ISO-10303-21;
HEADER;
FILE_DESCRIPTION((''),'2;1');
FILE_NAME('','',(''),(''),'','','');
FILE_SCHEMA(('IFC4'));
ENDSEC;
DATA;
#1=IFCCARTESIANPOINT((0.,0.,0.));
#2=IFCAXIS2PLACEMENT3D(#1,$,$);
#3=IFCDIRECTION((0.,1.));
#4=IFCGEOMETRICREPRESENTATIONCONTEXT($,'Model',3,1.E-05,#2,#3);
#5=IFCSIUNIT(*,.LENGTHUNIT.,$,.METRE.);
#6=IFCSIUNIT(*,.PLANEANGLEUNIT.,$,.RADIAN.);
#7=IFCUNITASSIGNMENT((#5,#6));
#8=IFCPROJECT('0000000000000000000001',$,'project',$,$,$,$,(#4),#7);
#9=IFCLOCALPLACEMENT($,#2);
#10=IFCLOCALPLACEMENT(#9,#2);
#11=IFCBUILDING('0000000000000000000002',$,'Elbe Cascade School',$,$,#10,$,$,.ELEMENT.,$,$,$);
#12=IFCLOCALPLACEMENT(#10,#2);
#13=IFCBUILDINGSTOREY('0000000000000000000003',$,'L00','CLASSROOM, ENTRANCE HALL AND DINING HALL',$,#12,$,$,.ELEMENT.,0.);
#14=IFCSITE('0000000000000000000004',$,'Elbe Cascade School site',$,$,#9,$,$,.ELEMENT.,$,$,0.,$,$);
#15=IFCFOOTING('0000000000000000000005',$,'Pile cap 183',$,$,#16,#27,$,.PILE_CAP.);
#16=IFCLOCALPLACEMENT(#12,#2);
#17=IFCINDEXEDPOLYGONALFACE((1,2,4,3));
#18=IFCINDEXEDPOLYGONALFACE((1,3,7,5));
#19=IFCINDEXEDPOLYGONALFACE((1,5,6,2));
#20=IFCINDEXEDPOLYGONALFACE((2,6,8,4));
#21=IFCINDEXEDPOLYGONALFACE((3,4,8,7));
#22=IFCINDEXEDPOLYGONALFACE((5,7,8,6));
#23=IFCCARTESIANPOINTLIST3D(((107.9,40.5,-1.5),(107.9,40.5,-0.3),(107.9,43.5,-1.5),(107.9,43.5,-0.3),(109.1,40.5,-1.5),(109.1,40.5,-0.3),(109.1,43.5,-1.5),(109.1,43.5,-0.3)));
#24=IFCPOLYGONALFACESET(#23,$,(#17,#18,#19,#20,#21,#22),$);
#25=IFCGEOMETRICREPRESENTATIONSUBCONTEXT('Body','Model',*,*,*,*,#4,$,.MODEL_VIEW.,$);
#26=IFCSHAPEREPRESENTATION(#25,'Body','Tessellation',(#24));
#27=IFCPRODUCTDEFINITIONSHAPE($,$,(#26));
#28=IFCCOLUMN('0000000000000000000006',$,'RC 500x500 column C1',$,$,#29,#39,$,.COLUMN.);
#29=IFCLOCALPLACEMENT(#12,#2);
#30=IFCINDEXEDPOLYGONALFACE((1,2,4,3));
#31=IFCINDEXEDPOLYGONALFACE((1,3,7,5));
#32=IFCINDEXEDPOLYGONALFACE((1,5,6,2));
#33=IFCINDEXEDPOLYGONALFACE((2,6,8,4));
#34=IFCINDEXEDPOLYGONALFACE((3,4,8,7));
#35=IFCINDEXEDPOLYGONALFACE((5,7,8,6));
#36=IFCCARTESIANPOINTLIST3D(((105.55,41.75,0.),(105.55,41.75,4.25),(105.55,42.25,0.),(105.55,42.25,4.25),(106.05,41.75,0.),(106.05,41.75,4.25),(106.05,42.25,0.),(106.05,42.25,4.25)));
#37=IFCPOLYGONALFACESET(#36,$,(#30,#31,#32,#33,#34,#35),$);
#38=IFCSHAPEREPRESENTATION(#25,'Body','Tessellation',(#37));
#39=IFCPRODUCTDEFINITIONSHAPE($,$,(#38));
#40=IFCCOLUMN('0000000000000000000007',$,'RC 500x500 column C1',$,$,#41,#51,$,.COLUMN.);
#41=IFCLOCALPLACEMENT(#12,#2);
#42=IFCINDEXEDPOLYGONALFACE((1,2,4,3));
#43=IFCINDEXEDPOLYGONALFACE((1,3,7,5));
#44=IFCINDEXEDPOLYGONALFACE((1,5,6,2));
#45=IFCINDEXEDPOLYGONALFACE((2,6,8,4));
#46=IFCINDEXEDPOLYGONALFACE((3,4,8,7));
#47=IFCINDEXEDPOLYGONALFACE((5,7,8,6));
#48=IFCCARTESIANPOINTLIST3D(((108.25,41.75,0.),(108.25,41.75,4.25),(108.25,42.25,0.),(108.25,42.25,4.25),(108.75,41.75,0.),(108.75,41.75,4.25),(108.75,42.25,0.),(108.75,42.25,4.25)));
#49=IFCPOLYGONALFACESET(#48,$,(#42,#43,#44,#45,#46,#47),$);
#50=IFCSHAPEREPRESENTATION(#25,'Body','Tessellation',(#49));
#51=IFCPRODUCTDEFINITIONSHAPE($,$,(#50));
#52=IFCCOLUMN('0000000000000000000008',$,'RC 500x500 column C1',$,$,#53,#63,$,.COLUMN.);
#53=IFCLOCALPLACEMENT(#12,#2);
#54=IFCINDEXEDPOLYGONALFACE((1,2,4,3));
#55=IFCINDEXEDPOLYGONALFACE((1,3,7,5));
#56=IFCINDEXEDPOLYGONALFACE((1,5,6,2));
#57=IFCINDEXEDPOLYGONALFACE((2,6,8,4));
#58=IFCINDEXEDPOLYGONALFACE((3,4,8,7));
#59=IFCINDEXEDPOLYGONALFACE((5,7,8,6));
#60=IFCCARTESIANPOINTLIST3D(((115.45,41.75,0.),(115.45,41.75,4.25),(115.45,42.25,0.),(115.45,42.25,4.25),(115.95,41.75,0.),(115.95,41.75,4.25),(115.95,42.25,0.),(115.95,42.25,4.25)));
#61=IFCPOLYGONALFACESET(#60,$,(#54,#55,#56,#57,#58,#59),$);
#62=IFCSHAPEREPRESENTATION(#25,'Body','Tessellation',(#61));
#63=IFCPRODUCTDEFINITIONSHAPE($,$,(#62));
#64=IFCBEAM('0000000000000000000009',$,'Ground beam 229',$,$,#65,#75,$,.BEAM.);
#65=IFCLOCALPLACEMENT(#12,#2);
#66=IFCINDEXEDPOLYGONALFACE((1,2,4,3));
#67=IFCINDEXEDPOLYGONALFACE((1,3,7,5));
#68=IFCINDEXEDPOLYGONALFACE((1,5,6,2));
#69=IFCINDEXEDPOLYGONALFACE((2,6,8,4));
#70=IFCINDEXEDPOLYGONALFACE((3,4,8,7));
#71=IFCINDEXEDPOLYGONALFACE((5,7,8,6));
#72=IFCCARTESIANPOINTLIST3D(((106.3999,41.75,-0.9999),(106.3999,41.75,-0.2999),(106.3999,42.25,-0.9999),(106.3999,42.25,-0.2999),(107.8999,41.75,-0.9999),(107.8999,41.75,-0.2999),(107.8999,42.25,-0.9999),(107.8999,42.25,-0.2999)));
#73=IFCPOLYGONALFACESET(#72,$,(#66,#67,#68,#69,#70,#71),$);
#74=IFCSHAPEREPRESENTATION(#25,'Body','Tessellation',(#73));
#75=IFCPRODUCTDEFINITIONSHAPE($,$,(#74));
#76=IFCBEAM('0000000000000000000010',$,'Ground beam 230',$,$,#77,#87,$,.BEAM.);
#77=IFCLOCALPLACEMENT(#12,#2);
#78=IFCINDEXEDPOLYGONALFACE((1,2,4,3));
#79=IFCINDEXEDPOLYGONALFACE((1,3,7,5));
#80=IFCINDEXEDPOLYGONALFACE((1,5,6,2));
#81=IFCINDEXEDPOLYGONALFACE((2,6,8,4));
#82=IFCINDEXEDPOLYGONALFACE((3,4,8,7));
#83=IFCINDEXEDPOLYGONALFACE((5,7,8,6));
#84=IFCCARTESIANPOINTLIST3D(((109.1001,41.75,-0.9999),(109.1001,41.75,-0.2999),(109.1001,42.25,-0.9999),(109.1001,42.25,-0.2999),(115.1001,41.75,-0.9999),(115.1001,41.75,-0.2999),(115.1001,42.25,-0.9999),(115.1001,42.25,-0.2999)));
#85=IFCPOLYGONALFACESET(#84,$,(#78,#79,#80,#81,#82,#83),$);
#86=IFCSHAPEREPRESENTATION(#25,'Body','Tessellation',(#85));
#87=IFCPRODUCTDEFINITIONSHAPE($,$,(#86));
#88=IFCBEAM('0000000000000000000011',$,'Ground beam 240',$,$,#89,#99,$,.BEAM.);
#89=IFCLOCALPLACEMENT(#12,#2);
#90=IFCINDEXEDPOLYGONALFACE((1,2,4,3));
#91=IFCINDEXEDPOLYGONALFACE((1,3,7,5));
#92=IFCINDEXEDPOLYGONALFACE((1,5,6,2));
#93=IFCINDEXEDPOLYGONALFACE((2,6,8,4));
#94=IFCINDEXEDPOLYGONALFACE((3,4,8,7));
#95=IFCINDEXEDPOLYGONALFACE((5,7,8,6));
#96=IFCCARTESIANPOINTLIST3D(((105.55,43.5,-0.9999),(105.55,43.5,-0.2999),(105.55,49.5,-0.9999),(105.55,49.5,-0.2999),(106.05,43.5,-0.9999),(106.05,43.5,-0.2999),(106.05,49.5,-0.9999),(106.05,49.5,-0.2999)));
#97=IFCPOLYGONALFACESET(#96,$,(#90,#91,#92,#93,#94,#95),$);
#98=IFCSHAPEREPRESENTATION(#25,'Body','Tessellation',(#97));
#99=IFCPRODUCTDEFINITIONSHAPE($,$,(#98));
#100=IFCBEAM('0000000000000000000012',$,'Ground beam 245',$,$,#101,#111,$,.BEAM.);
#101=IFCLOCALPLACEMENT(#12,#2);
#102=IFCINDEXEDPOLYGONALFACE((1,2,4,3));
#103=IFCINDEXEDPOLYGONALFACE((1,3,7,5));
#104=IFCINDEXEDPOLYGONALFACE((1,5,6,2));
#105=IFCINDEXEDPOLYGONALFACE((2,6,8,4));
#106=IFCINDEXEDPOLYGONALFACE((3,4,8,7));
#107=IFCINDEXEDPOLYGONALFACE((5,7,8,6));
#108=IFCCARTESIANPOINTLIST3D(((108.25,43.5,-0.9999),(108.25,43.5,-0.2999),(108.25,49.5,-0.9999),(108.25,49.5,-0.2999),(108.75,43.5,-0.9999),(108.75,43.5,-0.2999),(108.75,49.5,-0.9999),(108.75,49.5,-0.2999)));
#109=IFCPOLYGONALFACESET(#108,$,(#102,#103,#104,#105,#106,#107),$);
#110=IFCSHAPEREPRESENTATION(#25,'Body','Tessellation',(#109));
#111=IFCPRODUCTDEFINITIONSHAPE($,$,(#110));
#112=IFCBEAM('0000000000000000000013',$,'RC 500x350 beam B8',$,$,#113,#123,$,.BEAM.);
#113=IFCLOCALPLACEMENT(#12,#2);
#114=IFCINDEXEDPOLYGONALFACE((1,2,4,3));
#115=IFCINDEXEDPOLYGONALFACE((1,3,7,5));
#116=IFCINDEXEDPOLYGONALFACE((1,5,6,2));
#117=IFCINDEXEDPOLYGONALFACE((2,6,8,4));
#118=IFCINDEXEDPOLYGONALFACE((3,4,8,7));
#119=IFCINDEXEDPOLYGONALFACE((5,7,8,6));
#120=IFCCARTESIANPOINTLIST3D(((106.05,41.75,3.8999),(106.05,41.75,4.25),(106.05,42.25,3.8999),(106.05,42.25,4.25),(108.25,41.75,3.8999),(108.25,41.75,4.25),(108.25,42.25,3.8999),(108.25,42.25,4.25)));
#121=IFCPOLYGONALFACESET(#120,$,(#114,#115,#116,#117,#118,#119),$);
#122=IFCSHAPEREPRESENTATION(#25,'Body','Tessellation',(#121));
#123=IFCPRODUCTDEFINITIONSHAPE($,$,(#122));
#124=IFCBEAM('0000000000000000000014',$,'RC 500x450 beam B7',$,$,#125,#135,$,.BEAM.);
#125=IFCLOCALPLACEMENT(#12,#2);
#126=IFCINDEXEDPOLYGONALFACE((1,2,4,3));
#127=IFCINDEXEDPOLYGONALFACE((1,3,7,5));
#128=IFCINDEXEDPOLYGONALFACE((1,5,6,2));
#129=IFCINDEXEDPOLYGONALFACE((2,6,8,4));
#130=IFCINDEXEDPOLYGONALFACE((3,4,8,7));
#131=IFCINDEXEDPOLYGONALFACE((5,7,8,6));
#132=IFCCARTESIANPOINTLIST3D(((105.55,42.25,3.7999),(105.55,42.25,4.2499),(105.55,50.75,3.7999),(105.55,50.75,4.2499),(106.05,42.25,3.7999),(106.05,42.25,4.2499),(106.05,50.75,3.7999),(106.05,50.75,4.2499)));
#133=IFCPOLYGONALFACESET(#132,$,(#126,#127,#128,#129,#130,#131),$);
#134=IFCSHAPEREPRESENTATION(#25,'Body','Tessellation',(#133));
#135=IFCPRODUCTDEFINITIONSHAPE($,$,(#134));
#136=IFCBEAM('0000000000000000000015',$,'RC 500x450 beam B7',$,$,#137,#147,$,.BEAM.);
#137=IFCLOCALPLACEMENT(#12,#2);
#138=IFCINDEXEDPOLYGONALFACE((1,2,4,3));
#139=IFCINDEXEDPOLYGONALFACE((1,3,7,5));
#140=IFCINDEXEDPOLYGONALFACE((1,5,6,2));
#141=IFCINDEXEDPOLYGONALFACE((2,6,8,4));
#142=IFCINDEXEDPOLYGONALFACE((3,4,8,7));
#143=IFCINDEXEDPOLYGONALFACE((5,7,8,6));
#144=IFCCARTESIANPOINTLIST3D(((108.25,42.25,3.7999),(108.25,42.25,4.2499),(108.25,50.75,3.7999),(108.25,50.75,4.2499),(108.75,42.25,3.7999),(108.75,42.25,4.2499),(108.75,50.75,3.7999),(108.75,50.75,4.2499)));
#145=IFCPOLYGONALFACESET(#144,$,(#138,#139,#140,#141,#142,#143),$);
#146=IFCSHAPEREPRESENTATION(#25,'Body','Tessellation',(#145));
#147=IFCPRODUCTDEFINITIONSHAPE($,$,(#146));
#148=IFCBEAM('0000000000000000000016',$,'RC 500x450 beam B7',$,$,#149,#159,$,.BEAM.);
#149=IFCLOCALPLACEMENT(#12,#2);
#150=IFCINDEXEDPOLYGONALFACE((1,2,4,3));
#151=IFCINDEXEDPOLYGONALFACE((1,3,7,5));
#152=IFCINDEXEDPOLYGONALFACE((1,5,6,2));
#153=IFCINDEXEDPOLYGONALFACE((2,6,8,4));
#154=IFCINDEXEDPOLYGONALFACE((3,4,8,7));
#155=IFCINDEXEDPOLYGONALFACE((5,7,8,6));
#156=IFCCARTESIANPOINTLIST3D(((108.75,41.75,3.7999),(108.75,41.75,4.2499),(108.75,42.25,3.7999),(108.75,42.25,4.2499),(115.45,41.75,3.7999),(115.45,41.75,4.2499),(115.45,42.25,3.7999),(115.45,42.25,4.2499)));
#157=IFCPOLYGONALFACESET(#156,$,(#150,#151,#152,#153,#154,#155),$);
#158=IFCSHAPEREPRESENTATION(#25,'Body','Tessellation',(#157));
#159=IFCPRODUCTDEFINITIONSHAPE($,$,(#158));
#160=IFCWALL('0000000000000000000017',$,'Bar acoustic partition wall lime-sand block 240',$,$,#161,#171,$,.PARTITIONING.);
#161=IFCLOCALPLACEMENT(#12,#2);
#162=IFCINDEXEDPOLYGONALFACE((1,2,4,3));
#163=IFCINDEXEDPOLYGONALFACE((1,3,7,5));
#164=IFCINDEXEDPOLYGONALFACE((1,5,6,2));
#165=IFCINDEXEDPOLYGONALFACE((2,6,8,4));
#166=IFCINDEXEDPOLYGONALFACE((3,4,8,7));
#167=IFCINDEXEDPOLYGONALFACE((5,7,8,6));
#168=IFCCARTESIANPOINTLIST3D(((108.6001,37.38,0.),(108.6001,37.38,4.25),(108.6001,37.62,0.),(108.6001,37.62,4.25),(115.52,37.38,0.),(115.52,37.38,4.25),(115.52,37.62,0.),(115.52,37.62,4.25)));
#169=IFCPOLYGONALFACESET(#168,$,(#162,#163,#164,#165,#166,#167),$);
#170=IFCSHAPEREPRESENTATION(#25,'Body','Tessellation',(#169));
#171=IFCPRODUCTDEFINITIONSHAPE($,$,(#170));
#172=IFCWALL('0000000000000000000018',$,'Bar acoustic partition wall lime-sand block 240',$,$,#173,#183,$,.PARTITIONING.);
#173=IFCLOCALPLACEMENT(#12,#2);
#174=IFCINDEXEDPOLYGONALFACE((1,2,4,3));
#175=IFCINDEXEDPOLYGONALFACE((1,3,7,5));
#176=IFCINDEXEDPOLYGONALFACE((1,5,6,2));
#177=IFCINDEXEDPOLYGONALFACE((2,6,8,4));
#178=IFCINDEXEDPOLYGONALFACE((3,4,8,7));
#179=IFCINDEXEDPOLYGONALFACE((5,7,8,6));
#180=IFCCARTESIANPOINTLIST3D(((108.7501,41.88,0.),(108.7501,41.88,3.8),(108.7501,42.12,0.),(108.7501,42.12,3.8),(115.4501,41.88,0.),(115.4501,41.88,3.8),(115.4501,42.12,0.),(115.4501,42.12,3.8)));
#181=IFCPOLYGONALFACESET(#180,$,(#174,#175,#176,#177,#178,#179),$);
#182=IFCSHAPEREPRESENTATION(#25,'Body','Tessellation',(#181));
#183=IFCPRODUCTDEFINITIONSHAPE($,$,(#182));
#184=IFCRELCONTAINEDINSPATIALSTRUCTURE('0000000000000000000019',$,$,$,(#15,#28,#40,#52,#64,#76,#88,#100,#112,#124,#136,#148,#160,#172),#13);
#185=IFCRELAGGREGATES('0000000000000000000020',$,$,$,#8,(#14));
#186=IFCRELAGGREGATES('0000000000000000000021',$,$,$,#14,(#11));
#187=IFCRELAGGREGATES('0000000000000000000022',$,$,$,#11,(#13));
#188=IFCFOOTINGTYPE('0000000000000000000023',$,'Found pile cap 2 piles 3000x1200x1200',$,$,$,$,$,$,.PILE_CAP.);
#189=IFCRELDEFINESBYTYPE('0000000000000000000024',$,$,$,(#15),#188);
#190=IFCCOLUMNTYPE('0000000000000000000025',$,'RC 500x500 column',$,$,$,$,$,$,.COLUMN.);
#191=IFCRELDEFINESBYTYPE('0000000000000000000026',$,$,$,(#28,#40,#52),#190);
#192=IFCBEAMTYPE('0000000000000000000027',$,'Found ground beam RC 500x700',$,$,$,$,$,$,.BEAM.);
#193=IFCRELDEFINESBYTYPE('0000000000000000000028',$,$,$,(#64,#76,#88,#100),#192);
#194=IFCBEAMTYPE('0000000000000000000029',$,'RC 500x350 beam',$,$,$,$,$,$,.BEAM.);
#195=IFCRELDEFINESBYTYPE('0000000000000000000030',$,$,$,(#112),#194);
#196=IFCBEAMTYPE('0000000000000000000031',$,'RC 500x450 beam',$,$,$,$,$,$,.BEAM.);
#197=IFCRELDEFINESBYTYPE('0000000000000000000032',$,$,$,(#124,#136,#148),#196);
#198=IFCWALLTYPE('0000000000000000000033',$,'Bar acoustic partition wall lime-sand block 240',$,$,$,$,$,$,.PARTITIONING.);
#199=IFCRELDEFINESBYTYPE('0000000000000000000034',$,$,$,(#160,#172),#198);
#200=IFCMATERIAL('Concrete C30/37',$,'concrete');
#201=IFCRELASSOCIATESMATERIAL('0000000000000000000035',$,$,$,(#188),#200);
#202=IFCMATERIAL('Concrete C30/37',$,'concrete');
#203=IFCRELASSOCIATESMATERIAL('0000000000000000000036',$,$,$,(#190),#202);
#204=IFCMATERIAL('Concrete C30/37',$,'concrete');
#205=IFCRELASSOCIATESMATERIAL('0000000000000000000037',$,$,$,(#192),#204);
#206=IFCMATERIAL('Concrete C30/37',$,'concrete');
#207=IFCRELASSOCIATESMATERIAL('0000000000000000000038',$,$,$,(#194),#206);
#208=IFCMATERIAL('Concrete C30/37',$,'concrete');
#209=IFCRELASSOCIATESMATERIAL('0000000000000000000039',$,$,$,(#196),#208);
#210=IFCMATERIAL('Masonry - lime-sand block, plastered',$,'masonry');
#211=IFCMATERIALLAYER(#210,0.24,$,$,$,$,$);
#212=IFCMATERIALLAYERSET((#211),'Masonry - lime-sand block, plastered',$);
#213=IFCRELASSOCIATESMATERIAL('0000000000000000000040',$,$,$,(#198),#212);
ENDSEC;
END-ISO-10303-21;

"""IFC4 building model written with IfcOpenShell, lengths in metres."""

from ifc_helpers import new_model, si_unit, direction, frame, frame_2d, origin, origin_2d, place, context, subcontext, project, spatial, rectangle, extrude, material, layer, layer_set, material_profile, profile_set, type_object, element, save


model = new_model("IFC4")

# Units and contexts
model_context = context("Model", 3, precision=1e-05, world=origin(), true_north=direction((0.0, 1.0)))
body_context = subcontext(model_context, "Body", "Model", "MODEL_VIEW")
ifc_project = project(units=[si_unit("LENGTHUNIT", "METRE"), si_unit("PLANEANGLEUNIT", "RADIAN")], contexts=[model_context])

# Site, building, storey
site_placement = place(None, origin())
site = spatial("IfcSite", under=ifc_project, at=site_placement, Name="Elbe Cascade School site", CompositionType="ELEMENT", RefElevation=0.0)
building_placement = place(site_placement, origin())
building = spatial("IfcBuilding", under=site, at=building_placement, Name="Elbe Cascade School", CompositionType="ELEMENT")
storey_placement = place(building_placement, origin())
storey = spatial("IfcBuildingStorey", under=building, at=storey_placement, Name="L00", Description="CLASSROOM, ENTRANCE HALL AND DINING HALL", CompositionType="ELEMENT", Elevation=0.0)

# Footing
ifc_material_1 = material(Name="Concrete C30/37", Category="concrete")
footing_type = type_object("IfcFootingType", Name="Found pile cap 2 piles 3000x1200x1200", PredefinedType="PILE_CAP", material=ifc_material_1)
for number, where, z_axis, x_axis, name in (
    (1, (108.5, 42.0, -1.5), (0.0, 0.0, 1.0), (1.0, 0.0, 0.0), "Pile cap 183"),
):
    element("IfcFooting", number, at=place(storey_placement, frame(where, z_axis=z_axis, x_axis=x_axis)), inside=storey, type_object=footing_type, Name=name, PredefinedType="PILE_CAP", context=body_context, shape_type="SweptSolid", body=[
        extrude(rectangle(XDim=1.2, YDim=3.0, at=origin_2d()), origin(), (0.0, 0.0, 1.0), 1.2),
    ])

# Columns
ifc_material_2 = material(Name="Concrete C30/37", Category="concrete")
ifc_material_profile_1 = material_profile(ifc_material_2, rectangle(XDim=0.5, YDim=0.5, at=origin_2d()), Name="RC 500x500")
ifc_profile_set_1 = profile_set([ifc_material_profile_1], Name="Concrete C30/37")
column_type = type_object("IfcColumnType", Name="RC 500x500 column", PredefinedType="COLUMN", material=ifc_profile_set_1)
for number, where, z_axis, x_axis, name in (
    (2, (105.8, 42.0, 0.0), (0.0, 0.0, 1.0), (1.0, 0.0, 0.0), "RC 500x500 column C1"),
    (3, (108.5, 42.0, 0.0), (0.0, 0.0, 1.0), (1.0, 0.0, 0.0), "RC 500x500 column C1"),
    (4, (115.7, 42.0, 0.0), (0.0, 0.0, 1.0), (1.0, 0.0, 0.0), "RC 500x500 column C1"),
):
    element("IfcColumn", number, at=place(storey_placement, frame(where, z_axis=z_axis, x_axis=x_axis)), inside=storey, type_object=column_type, Name=name, PredefinedType="COLUMN", context=body_context, shape_type="SweptSolid", body=[
        extrude(rectangle(XDim=0.5, YDim=0.5, at=origin_2d()), origin(), (0.0, 0.0, 1.0), 4.25),
    ])

# Beams
ifc_material_3 = material(Name="Concrete C30/37", Category="concrete")
ifc_material_profile_2 = material_profile(ifc_material_3, rectangle(XDim=0.5, YDim=0.7, at=origin_2d()), Name="RC 500x700")
ifc_profile_set_2 = profile_set([ifc_material_profile_2], Name="Concrete C30/37")
beam_type_1 = type_object("IfcBeamType", Name="Found ground beam RC 500x700", PredefinedType="BEAM", material=ifc_profile_set_2)
beam_1_placement = place(storey_placement, frame((106.3999, 42.0, -0.6499), z_axis=(1.0, 0.0, 0.0), x_axis=(0.0, 1.0, 0.0)))
element("IfcBeam", 5, at=beam_1_placement, inside=storey, type_object=beam_type_1, Name="Ground beam 229", PredefinedType="BEAM", context=body_context, shape_type="SweptSolid", body=[
    extrude(rectangle(XDim=0.5, YDim=0.7, at=origin_2d()), origin(), (0.0, 0.0, 1.0), 1.5),
])
for number, where, z_axis, x_axis, name in (
    (6, (109.1001, 42.0, -0.6499), (1.0, 0.0, 0.0), (0.0, 1.0, 0.0), "Ground beam 230"),
    (7, (105.8, 43.5, -0.6499), (0.0, 1.0, 0.0), (-1.0, 0.0, 0.0), "Ground beam 240"),
    (8, (108.5, 43.5, -0.6499), (0.0, 1.0, 0.0), (-1.0, 0.0, 0.0), "Ground beam 245"),
):
    element("IfcBeam", number, at=place(storey_placement, frame(where, z_axis=z_axis, x_axis=x_axis)), inside=storey, type_object=beam_type_1, Name=name, PredefinedType="BEAM", context=body_context, shape_type="SweptSolid", body=[
        extrude(rectangle(XDim=0.5, YDim=0.7, at=origin_2d()), origin(), (0.0, 0.0, 1.0), 6.0),
    ])
ifc_material_4 = material(Name="Concrete C30/37", Category="concrete")
ifc_material_profile_3 = material_profile(ifc_material_4, rectangle(XDim=0.5, YDim=0.3501, at=origin_2d()), Name="RC 500x350")
ifc_profile_set_3 = profile_set([ifc_material_profile_3], Name="Concrete C30/37")
beam_type_2 = type_object("IfcBeamType", Name="RC 500x350 beam", PredefinedType="BEAM", material=ifc_profile_set_3)
beam_2_placement = place(storey_placement, frame((106.05, 42.0, 4.075), z_axis=(1.0, 0.0, 0.0), x_axis=(0.0, 1.0, 0.0)))
element("IfcBeam", 9, at=beam_2_placement, inside=storey, type_object=beam_type_2, Name="RC 500x350 beam B8", PredefinedType="BEAM", context=body_context, shape_type="SweptSolid", body=[
    extrude(rectangle(XDim=0.5, YDim=0.3501, at=origin_2d()), origin(), (0.0, 0.0, 1.0), 2.2),
])
ifc_material_5 = material(Name="Concrete C30/37", Category="concrete")
ifc_material_profile_4 = material_profile(ifc_material_5, rectangle(XDim=0.5, YDim=0.45, at=origin_2d()), Name="RC 500x450")
ifc_profile_set_4 = profile_set([ifc_material_profile_4], Name="Concrete C30/37")
beam_type_3 = type_object("IfcBeamType", Name="RC 500x450 beam", PredefinedType="BEAM", material=ifc_profile_set_4)
for number, where, z_axis, x_axis, name in (
    (10, (105.8, 42.25, 4.0249), (0.0, 1.0, 0.0), (-1.0, 0.0, 0.0), "RC 500x450 beam B7"),
    (11, (108.5, 42.25, 4.0249), (0.0, 1.0, 0.0), (-1.0, 0.0, 0.0), "RC 500x450 beam B7"),
):
    element("IfcBeam", number, at=place(storey_placement, frame(where, z_axis=z_axis, x_axis=x_axis)), inside=storey, type_object=beam_type_3, Name=name, PredefinedType="BEAM", context=body_context, shape_type="SweptSolid", body=[
        extrude(rectangle(XDim=0.5, YDim=0.45, at=origin_2d()), origin(), (0.0, 0.0, 1.0), 8.5),
    ])
beam_3_placement = place(storey_placement, frame((108.75, 42.0, 4.0249), z_axis=(1.0, 0.0, 0.0), x_axis=(0.0, 1.0, 0.0)))
element("IfcBeam", 12, at=beam_3_placement, inside=storey, type_object=beam_type_3, Name="RC 500x450 beam B7", PredefinedType="BEAM", context=body_context, shape_type="SweptSolid", body=[
    extrude(rectangle(XDim=0.5, YDim=0.45, at=origin_2d()), origin(), (0.0, 0.0, 1.0), 6.7),
])

# Walls
ifc_material_6 = material(Name="Masonry - lime-sand block, plastered", Category="masonry")
ifc_layer_1 = layer(ifc_material_6, 0.24)
ifc_layer_set_1 = layer_set([ifc_layer_1], Name="Masonry - lime-sand block, plastered")
wall_type_1 = type_object("IfcWallType", Name="Bar acoustic partition wall lime-sand block 240", PredefinedType="PARTITIONING", material=ifc_layer_set_1)
wall_1_placement = place(storey_placement, frame((108.6001, 37.5, 0.0), z_axis=(0.0, 0.0, 1.0), x_axis=(1.0, 0.0, 0.0)))
element("IfcWall", 13, at=wall_1_placement, inside=storey, type_object=wall_type_1, Name="Bar acoustic partition wall lime-sand block 240", PredefinedType="PARTITIONING", context=body_context, shape_type="SweptSolid", body=[
    extrude(rectangle(XDim=6.9199, YDim=0.24, at=frame_2d((3.46, 0.0))), origin(), (0.0, 0.0, 1.0), 4.25),
])
wall_2_placement = place(storey_placement, frame((108.75, 42.0, 0.0), z_axis=(0.0, 0.0, 1.0), x_axis=(1.0, 0.0, 0.0)))
element("IfcWall", 14, at=wall_2_placement, inside=storey, type_object=wall_type_1, Name="Bar acoustic partition wall lime-sand block 240", PredefinedType="PARTITIONING", context=body_context, shape_type="SweptSolid", body=[
    extrude(rectangle(XDim=6.7, YDim=0.24, at=frame_2d((3.3501, 0.0))), origin(), (0.0, 0.0, 1.0), 3.8),
])

save(model, "model.ifc")
